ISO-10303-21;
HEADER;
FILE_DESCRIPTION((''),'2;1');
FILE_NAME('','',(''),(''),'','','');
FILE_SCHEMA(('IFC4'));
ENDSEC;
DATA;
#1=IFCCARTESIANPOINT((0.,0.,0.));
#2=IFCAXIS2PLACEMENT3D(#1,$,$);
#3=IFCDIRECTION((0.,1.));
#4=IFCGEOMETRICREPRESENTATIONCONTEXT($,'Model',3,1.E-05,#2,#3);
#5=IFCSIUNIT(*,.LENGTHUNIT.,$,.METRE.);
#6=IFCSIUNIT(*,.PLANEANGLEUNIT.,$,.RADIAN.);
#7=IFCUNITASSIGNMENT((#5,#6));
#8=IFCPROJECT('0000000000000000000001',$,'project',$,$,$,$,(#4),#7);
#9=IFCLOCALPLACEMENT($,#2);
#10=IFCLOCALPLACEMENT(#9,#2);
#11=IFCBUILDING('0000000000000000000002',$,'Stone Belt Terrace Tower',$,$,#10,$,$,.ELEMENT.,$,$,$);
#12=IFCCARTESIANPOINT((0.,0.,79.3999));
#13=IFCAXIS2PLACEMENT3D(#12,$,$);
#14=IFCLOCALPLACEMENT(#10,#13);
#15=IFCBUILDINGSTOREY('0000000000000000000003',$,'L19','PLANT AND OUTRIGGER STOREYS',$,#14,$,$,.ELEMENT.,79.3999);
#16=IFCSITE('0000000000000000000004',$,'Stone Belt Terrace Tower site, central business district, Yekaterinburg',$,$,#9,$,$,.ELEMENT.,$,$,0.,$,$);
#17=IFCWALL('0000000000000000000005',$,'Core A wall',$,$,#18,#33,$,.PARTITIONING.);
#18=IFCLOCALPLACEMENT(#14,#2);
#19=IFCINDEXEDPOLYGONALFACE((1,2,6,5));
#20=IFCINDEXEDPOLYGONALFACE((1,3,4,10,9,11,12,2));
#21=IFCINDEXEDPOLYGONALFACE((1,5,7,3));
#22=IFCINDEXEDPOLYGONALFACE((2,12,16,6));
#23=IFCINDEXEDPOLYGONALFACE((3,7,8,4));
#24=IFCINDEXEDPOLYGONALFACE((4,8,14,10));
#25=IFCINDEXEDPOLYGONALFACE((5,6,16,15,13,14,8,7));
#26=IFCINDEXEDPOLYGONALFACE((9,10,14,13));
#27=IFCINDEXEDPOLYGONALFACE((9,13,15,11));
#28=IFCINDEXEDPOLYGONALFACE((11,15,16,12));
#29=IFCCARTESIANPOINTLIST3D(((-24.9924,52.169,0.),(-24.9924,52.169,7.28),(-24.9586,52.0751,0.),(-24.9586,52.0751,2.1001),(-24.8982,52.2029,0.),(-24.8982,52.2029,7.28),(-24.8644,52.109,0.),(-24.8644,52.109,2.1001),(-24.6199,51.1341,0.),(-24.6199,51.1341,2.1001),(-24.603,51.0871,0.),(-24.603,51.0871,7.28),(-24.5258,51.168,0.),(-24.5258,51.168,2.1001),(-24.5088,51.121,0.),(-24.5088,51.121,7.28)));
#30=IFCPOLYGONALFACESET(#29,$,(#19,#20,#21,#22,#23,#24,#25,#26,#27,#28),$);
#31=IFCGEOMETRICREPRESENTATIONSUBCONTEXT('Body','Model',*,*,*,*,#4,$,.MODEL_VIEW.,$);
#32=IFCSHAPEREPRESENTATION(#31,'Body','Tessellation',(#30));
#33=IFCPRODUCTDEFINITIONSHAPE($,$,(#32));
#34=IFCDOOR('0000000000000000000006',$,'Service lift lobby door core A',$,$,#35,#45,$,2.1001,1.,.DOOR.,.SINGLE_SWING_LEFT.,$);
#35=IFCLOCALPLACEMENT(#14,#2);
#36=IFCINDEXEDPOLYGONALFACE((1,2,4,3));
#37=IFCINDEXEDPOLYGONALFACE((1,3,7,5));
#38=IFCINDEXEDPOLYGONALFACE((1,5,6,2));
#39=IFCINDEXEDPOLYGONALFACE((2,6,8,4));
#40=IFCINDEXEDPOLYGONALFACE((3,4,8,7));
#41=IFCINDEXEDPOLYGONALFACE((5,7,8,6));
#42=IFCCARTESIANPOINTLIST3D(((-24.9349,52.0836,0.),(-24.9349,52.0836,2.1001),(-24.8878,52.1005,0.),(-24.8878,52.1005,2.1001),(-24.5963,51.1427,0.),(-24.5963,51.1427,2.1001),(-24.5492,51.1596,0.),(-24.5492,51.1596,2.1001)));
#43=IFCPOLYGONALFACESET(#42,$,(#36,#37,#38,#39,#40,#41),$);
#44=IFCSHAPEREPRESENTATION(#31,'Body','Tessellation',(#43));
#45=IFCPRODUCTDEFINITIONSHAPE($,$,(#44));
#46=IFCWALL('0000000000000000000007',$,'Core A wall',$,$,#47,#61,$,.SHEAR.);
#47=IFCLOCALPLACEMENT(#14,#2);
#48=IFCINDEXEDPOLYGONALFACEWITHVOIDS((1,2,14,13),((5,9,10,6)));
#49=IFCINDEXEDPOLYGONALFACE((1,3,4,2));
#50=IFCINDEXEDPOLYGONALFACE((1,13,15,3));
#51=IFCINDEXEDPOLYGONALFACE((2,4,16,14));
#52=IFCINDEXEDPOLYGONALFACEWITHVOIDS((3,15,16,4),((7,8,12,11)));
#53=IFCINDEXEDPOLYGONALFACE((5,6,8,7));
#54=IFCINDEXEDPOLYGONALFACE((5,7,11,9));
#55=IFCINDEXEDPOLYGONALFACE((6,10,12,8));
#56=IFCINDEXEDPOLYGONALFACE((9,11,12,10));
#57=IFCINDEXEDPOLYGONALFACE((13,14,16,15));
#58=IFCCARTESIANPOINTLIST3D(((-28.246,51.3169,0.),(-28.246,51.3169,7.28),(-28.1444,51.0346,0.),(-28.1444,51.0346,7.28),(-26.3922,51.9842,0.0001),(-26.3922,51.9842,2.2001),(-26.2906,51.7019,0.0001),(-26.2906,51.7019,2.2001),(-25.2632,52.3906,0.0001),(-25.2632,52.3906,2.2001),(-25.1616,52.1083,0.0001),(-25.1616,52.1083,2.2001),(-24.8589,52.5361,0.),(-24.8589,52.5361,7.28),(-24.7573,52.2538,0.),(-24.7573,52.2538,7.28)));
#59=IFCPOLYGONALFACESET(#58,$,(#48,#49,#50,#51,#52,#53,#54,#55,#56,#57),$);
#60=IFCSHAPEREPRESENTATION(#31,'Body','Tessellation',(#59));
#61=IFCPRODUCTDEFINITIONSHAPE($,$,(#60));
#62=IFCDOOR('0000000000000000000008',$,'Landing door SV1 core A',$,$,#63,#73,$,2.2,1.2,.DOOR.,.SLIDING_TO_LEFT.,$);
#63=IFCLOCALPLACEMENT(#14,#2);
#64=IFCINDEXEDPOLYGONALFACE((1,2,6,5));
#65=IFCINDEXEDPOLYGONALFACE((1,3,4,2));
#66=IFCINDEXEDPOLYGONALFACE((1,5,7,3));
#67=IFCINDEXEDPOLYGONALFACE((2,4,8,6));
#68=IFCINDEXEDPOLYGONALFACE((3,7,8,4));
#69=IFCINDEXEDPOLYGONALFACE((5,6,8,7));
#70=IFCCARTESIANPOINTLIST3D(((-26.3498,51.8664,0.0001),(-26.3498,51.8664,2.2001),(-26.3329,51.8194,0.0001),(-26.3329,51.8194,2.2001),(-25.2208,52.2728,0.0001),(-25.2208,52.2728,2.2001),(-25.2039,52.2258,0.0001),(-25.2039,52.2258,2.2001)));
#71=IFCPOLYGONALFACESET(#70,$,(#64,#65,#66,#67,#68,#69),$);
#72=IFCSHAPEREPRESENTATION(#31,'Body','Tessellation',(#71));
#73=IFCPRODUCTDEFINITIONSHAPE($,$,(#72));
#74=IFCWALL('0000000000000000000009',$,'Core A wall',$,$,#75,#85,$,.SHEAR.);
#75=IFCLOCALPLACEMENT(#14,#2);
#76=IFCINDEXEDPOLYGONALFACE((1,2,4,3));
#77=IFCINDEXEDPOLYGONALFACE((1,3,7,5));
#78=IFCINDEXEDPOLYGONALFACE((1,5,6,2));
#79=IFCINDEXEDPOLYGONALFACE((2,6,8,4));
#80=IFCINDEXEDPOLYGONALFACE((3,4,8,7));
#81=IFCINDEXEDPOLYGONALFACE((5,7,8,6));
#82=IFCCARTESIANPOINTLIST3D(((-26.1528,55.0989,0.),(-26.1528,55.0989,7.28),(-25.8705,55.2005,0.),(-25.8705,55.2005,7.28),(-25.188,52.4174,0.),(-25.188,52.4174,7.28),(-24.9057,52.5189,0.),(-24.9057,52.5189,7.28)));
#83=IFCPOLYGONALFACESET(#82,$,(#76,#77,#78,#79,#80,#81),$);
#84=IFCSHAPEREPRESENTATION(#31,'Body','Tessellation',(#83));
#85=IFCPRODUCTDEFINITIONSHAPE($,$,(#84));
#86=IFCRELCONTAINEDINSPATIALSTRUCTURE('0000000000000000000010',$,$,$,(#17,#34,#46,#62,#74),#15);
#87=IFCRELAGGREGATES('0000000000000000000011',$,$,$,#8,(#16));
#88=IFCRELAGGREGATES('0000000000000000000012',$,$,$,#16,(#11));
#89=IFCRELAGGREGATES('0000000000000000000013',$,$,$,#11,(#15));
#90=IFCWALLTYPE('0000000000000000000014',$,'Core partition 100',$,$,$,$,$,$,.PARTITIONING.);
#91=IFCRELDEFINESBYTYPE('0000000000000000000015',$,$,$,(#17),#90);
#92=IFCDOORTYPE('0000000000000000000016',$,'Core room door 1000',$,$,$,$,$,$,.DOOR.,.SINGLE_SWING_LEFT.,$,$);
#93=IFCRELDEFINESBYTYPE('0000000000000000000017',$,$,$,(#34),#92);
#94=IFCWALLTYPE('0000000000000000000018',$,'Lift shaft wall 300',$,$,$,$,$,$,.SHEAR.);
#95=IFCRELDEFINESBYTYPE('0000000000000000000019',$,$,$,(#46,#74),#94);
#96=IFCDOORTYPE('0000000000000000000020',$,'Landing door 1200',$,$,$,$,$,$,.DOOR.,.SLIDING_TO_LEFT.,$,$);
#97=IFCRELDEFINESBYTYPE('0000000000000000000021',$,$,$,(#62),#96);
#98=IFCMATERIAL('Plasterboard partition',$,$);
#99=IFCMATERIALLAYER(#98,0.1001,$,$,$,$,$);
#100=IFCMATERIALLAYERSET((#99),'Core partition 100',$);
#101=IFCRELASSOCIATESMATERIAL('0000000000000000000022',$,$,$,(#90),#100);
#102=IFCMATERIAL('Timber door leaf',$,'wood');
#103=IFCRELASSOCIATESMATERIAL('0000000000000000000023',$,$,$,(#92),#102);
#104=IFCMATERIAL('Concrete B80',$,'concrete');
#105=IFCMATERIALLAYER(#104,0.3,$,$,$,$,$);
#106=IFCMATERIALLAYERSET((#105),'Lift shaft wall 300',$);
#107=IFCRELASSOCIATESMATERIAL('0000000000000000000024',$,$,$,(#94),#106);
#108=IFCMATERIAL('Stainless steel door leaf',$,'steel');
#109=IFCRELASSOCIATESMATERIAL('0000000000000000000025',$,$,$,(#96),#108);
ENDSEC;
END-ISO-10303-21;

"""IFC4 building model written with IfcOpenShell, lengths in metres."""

from ifc_helpers import new_model, si_unit, direction, frame, frame_2d, origin, place, context, subcontext, project, spatial, rectangle, extrude, material, layer, layer_set, type_object, element, fill, save


model = new_model("IFC4")

# Units and contexts
model_context = context("Model", 3, precision=1e-05, world=origin(), true_north=direction((0.0, 1.0)))
body_context = subcontext(model_context, "Body", "Model", "MODEL_VIEW")
ifc_project = project(units=[si_unit("LENGTHUNIT", "METRE"), si_unit("PLANEANGLEUNIT", "RADIAN")], contexts=[model_context])

# Site, building, storey
site_placement = place(None, origin())
site = spatial("IfcSite", under=ifc_project, at=site_placement, Name="Stone Belt Terrace Tower site, central business district, Yekaterinburg", CompositionType="ELEMENT", RefElevation=0.0)
building_placement = place(site_placement, origin())
building = spatial("IfcBuilding", under=site, at=building_placement, Name="Stone Belt Terrace Tower", CompositionType="ELEMENT")
storey_placement = place(building_placement, frame((0.0, 0.0, 79.3999)))
storey = spatial("IfcBuildingStorey", under=building, at=storey_placement, Name="L19", Description="PLANT AND OUTRIGGER STOREYS", CompositionType="ELEMENT", Elevation=79.3999)

# Shared definitions
ifc_material_1 = material(Name="Concrete B80", Category="concrete")

# Walls, openings, doors
ifc_material_2 = material(Name="Plasterboard partition")
ifc_layer_1 = layer(ifc_material_2, 0.1001)
ifc_layer_set_1 = layer_set([ifc_layer_1], Name="Core partition 100")
wall_type_1 = type_object("IfcWallType", Name="Core partition 100", PredefinedType="PARTITIONING", material=ifc_layer_set_1)
wall_1_placement = place(storey_placement, frame((-24.5559, 51.104, 0.0), z_axis=(0.0, 0.0, 1.0), x_axis=(-0.338622, 0.940923, 0.0)))
wall_1 = element("IfcWall", 1, at=wall_1_placement, inside=storey, type_object=wall_type_1, Name="Core A wall", PredefinedType="PARTITIONING", context=body_context, shape_type="SweptSolid", body=[
    extrude(rectangle(XDim=1.1499, YDim=0.1001, at=frame_2d((0.575, 0.0))), origin(), (0.0, 0.0, 1.0), 7.28),
])
opening_1_placement = place(wall_1_placement, frame((0.05, 0.0, 0.0)))
opening_1 = element("IfcOpeningElement", 2, at=opening_1_placement, cuts=wall_1, PredefinedType="OPENING", context=body_context, shape_type="SweptSolid", body=[
    extrude(rectangle(XDim=1.0, YDim=2.1001, at=frame_2d((0.5, 1.05))), frame((0.0, 0.0601, 0.0), z_axis=(0.0, -1.0, 0.0), x_axis=(1.0, 0.0, 0.0)), (0.0, 0.0, 1.0), 0.1201),
])
ifc_material_3 = material(Name="Timber door leaf", Category="wood")
door_type_1 = type_object("IfcDoorType", Name="Core room door 1000", OperationType="SINGLE_SWING_LEFT", PredefinedType="DOOR", material=ifc_material_3)
door_1_placement = place(opening_1_placement, origin())
door_1 = element("IfcDoor", 3, at=door_1_placement, inside=storey, type_object=door_type_1, Name="Service lift lobby door core A", OperationType="SINGLE_SWING_LEFT", OverallHeight=2.1001, OverallWidth=1.0, PredefinedType="DOOR", context=body_context, shape_type="SweptSolid", body=[
    extrude(rectangle(XDim=1.0, YDim=2.1001, at=frame_2d((0.5, 1.05))), frame((0.0, 0.0249, 0.0), z_axis=(0.0, -1.0, 0.0), x_axis=(1.0, 0.0, 0.0)), (0.0, 0.0, 1.0), 0.05),
])
fill(opening_1, door_1)
ifc_layer_2 = layer(ifc_material_1, 0.3)
ifc_layer_set_2 = layer_set([ifc_layer_2], Name="Lift shaft wall 300")
wall_type_2 = type_object("IfcWallType", Name="Lift shaft wall 300", PredefinedType="SHEAR", material=ifc_layer_set_2)
wall_2_placement = place(storey_placement, frame((-28.1951, 51.1758, 0.0), z_axis=(0.0, 0.0, 1.0), x_axis=(0.940901, 0.338681, 0.0)))
wall_2 = element("IfcWall", 4, at=wall_2_placement, inside=storey, type_object=wall_type_2, Name="Core A wall", PredefinedType="SHEAR", context=body_context, shape_type="SweptSolid", body=[
    extrude(rectangle(XDim=3.5999, YDim=0.3, at=frame_2d((1.7998, 0.0))), origin(), (0.0, 0.0, 1.0), 7.28),
])
opening_2_placement = place(wall_2_placement, frame((1.97, 0.0, 0.0)))
opening_2 = element("IfcOpeningElement", 5, at=opening_2_placement, cuts=wall_2, PredefinedType="OPENING", context=body_context, shape_type="SweptSolid", body=[
    extrude(rectangle(XDim=1.2, YDim=2.2, at=frame_2d((0.6001, 1.1001))), frame((0.0, 0.1599, 0.0), z_axis=(0.0, -1.0, 0.0), x_axis=(1.0, 0.0, 0.0)), (0.0, 0.0, 1.0), 0.3201),
])
ifc_material_4 = material(Name="Stainless steel door leaf", Category="steel")
door_type_2 = type_object("IfcDoorType", Name="Landing door 1200", OperationType="SLIDING_TO_LEFT", PredefinedType="DOOR", material=ifc_material_4)
door_2_placement = place(opening_2_placement, origin())
door_2 = element("IfcDoor", 6, at=door_2_placement, inside=storey, type_object=door_type_2, Name="Landing door SV1 core A", OperationType="SLIDING_TO_LEFT", OverallHeight=2.2, OverallWidth=1.2, PredefinedType="DOOR", context=body_context, shape_type="SweptSolid", body=[
    extrude(rectangle(XDim=1.2, YDim=2.2, at=frame_2d((0.6001, 1.1001))), frame((0.0, 0.0249, 0.0), z_axis=(0.0, -1.0, 0.0), x_axis=(1.0, 0.0, 0.0)), (0.0, 0.0, 1.0), 0.05),
])
fill(opening_2, door_2)

# Wall
wall_3_placement = place(storey_placement, frame((-25.0469, 52.4683, 0.0), z_axis=(0.0, 0.0, 1.0), x_axis=(-0.33855, 0.940949, 0.0)))
element("IfcWall", 7, at=wall_3_placement, inside=storey, type_object=wall_type_2, Name="Core A wall", PredefinedType="SHEAR", context=body_context, shape_type="SweptSolid", body=[
    extrude(rectangle(XDim=2.8499, YDim=0.3, at=frame_2d((1.4248, 0.0))), origin(), (0.0, 0.0, 1.0), 7.28),
])

save(model, "model.ifc")
